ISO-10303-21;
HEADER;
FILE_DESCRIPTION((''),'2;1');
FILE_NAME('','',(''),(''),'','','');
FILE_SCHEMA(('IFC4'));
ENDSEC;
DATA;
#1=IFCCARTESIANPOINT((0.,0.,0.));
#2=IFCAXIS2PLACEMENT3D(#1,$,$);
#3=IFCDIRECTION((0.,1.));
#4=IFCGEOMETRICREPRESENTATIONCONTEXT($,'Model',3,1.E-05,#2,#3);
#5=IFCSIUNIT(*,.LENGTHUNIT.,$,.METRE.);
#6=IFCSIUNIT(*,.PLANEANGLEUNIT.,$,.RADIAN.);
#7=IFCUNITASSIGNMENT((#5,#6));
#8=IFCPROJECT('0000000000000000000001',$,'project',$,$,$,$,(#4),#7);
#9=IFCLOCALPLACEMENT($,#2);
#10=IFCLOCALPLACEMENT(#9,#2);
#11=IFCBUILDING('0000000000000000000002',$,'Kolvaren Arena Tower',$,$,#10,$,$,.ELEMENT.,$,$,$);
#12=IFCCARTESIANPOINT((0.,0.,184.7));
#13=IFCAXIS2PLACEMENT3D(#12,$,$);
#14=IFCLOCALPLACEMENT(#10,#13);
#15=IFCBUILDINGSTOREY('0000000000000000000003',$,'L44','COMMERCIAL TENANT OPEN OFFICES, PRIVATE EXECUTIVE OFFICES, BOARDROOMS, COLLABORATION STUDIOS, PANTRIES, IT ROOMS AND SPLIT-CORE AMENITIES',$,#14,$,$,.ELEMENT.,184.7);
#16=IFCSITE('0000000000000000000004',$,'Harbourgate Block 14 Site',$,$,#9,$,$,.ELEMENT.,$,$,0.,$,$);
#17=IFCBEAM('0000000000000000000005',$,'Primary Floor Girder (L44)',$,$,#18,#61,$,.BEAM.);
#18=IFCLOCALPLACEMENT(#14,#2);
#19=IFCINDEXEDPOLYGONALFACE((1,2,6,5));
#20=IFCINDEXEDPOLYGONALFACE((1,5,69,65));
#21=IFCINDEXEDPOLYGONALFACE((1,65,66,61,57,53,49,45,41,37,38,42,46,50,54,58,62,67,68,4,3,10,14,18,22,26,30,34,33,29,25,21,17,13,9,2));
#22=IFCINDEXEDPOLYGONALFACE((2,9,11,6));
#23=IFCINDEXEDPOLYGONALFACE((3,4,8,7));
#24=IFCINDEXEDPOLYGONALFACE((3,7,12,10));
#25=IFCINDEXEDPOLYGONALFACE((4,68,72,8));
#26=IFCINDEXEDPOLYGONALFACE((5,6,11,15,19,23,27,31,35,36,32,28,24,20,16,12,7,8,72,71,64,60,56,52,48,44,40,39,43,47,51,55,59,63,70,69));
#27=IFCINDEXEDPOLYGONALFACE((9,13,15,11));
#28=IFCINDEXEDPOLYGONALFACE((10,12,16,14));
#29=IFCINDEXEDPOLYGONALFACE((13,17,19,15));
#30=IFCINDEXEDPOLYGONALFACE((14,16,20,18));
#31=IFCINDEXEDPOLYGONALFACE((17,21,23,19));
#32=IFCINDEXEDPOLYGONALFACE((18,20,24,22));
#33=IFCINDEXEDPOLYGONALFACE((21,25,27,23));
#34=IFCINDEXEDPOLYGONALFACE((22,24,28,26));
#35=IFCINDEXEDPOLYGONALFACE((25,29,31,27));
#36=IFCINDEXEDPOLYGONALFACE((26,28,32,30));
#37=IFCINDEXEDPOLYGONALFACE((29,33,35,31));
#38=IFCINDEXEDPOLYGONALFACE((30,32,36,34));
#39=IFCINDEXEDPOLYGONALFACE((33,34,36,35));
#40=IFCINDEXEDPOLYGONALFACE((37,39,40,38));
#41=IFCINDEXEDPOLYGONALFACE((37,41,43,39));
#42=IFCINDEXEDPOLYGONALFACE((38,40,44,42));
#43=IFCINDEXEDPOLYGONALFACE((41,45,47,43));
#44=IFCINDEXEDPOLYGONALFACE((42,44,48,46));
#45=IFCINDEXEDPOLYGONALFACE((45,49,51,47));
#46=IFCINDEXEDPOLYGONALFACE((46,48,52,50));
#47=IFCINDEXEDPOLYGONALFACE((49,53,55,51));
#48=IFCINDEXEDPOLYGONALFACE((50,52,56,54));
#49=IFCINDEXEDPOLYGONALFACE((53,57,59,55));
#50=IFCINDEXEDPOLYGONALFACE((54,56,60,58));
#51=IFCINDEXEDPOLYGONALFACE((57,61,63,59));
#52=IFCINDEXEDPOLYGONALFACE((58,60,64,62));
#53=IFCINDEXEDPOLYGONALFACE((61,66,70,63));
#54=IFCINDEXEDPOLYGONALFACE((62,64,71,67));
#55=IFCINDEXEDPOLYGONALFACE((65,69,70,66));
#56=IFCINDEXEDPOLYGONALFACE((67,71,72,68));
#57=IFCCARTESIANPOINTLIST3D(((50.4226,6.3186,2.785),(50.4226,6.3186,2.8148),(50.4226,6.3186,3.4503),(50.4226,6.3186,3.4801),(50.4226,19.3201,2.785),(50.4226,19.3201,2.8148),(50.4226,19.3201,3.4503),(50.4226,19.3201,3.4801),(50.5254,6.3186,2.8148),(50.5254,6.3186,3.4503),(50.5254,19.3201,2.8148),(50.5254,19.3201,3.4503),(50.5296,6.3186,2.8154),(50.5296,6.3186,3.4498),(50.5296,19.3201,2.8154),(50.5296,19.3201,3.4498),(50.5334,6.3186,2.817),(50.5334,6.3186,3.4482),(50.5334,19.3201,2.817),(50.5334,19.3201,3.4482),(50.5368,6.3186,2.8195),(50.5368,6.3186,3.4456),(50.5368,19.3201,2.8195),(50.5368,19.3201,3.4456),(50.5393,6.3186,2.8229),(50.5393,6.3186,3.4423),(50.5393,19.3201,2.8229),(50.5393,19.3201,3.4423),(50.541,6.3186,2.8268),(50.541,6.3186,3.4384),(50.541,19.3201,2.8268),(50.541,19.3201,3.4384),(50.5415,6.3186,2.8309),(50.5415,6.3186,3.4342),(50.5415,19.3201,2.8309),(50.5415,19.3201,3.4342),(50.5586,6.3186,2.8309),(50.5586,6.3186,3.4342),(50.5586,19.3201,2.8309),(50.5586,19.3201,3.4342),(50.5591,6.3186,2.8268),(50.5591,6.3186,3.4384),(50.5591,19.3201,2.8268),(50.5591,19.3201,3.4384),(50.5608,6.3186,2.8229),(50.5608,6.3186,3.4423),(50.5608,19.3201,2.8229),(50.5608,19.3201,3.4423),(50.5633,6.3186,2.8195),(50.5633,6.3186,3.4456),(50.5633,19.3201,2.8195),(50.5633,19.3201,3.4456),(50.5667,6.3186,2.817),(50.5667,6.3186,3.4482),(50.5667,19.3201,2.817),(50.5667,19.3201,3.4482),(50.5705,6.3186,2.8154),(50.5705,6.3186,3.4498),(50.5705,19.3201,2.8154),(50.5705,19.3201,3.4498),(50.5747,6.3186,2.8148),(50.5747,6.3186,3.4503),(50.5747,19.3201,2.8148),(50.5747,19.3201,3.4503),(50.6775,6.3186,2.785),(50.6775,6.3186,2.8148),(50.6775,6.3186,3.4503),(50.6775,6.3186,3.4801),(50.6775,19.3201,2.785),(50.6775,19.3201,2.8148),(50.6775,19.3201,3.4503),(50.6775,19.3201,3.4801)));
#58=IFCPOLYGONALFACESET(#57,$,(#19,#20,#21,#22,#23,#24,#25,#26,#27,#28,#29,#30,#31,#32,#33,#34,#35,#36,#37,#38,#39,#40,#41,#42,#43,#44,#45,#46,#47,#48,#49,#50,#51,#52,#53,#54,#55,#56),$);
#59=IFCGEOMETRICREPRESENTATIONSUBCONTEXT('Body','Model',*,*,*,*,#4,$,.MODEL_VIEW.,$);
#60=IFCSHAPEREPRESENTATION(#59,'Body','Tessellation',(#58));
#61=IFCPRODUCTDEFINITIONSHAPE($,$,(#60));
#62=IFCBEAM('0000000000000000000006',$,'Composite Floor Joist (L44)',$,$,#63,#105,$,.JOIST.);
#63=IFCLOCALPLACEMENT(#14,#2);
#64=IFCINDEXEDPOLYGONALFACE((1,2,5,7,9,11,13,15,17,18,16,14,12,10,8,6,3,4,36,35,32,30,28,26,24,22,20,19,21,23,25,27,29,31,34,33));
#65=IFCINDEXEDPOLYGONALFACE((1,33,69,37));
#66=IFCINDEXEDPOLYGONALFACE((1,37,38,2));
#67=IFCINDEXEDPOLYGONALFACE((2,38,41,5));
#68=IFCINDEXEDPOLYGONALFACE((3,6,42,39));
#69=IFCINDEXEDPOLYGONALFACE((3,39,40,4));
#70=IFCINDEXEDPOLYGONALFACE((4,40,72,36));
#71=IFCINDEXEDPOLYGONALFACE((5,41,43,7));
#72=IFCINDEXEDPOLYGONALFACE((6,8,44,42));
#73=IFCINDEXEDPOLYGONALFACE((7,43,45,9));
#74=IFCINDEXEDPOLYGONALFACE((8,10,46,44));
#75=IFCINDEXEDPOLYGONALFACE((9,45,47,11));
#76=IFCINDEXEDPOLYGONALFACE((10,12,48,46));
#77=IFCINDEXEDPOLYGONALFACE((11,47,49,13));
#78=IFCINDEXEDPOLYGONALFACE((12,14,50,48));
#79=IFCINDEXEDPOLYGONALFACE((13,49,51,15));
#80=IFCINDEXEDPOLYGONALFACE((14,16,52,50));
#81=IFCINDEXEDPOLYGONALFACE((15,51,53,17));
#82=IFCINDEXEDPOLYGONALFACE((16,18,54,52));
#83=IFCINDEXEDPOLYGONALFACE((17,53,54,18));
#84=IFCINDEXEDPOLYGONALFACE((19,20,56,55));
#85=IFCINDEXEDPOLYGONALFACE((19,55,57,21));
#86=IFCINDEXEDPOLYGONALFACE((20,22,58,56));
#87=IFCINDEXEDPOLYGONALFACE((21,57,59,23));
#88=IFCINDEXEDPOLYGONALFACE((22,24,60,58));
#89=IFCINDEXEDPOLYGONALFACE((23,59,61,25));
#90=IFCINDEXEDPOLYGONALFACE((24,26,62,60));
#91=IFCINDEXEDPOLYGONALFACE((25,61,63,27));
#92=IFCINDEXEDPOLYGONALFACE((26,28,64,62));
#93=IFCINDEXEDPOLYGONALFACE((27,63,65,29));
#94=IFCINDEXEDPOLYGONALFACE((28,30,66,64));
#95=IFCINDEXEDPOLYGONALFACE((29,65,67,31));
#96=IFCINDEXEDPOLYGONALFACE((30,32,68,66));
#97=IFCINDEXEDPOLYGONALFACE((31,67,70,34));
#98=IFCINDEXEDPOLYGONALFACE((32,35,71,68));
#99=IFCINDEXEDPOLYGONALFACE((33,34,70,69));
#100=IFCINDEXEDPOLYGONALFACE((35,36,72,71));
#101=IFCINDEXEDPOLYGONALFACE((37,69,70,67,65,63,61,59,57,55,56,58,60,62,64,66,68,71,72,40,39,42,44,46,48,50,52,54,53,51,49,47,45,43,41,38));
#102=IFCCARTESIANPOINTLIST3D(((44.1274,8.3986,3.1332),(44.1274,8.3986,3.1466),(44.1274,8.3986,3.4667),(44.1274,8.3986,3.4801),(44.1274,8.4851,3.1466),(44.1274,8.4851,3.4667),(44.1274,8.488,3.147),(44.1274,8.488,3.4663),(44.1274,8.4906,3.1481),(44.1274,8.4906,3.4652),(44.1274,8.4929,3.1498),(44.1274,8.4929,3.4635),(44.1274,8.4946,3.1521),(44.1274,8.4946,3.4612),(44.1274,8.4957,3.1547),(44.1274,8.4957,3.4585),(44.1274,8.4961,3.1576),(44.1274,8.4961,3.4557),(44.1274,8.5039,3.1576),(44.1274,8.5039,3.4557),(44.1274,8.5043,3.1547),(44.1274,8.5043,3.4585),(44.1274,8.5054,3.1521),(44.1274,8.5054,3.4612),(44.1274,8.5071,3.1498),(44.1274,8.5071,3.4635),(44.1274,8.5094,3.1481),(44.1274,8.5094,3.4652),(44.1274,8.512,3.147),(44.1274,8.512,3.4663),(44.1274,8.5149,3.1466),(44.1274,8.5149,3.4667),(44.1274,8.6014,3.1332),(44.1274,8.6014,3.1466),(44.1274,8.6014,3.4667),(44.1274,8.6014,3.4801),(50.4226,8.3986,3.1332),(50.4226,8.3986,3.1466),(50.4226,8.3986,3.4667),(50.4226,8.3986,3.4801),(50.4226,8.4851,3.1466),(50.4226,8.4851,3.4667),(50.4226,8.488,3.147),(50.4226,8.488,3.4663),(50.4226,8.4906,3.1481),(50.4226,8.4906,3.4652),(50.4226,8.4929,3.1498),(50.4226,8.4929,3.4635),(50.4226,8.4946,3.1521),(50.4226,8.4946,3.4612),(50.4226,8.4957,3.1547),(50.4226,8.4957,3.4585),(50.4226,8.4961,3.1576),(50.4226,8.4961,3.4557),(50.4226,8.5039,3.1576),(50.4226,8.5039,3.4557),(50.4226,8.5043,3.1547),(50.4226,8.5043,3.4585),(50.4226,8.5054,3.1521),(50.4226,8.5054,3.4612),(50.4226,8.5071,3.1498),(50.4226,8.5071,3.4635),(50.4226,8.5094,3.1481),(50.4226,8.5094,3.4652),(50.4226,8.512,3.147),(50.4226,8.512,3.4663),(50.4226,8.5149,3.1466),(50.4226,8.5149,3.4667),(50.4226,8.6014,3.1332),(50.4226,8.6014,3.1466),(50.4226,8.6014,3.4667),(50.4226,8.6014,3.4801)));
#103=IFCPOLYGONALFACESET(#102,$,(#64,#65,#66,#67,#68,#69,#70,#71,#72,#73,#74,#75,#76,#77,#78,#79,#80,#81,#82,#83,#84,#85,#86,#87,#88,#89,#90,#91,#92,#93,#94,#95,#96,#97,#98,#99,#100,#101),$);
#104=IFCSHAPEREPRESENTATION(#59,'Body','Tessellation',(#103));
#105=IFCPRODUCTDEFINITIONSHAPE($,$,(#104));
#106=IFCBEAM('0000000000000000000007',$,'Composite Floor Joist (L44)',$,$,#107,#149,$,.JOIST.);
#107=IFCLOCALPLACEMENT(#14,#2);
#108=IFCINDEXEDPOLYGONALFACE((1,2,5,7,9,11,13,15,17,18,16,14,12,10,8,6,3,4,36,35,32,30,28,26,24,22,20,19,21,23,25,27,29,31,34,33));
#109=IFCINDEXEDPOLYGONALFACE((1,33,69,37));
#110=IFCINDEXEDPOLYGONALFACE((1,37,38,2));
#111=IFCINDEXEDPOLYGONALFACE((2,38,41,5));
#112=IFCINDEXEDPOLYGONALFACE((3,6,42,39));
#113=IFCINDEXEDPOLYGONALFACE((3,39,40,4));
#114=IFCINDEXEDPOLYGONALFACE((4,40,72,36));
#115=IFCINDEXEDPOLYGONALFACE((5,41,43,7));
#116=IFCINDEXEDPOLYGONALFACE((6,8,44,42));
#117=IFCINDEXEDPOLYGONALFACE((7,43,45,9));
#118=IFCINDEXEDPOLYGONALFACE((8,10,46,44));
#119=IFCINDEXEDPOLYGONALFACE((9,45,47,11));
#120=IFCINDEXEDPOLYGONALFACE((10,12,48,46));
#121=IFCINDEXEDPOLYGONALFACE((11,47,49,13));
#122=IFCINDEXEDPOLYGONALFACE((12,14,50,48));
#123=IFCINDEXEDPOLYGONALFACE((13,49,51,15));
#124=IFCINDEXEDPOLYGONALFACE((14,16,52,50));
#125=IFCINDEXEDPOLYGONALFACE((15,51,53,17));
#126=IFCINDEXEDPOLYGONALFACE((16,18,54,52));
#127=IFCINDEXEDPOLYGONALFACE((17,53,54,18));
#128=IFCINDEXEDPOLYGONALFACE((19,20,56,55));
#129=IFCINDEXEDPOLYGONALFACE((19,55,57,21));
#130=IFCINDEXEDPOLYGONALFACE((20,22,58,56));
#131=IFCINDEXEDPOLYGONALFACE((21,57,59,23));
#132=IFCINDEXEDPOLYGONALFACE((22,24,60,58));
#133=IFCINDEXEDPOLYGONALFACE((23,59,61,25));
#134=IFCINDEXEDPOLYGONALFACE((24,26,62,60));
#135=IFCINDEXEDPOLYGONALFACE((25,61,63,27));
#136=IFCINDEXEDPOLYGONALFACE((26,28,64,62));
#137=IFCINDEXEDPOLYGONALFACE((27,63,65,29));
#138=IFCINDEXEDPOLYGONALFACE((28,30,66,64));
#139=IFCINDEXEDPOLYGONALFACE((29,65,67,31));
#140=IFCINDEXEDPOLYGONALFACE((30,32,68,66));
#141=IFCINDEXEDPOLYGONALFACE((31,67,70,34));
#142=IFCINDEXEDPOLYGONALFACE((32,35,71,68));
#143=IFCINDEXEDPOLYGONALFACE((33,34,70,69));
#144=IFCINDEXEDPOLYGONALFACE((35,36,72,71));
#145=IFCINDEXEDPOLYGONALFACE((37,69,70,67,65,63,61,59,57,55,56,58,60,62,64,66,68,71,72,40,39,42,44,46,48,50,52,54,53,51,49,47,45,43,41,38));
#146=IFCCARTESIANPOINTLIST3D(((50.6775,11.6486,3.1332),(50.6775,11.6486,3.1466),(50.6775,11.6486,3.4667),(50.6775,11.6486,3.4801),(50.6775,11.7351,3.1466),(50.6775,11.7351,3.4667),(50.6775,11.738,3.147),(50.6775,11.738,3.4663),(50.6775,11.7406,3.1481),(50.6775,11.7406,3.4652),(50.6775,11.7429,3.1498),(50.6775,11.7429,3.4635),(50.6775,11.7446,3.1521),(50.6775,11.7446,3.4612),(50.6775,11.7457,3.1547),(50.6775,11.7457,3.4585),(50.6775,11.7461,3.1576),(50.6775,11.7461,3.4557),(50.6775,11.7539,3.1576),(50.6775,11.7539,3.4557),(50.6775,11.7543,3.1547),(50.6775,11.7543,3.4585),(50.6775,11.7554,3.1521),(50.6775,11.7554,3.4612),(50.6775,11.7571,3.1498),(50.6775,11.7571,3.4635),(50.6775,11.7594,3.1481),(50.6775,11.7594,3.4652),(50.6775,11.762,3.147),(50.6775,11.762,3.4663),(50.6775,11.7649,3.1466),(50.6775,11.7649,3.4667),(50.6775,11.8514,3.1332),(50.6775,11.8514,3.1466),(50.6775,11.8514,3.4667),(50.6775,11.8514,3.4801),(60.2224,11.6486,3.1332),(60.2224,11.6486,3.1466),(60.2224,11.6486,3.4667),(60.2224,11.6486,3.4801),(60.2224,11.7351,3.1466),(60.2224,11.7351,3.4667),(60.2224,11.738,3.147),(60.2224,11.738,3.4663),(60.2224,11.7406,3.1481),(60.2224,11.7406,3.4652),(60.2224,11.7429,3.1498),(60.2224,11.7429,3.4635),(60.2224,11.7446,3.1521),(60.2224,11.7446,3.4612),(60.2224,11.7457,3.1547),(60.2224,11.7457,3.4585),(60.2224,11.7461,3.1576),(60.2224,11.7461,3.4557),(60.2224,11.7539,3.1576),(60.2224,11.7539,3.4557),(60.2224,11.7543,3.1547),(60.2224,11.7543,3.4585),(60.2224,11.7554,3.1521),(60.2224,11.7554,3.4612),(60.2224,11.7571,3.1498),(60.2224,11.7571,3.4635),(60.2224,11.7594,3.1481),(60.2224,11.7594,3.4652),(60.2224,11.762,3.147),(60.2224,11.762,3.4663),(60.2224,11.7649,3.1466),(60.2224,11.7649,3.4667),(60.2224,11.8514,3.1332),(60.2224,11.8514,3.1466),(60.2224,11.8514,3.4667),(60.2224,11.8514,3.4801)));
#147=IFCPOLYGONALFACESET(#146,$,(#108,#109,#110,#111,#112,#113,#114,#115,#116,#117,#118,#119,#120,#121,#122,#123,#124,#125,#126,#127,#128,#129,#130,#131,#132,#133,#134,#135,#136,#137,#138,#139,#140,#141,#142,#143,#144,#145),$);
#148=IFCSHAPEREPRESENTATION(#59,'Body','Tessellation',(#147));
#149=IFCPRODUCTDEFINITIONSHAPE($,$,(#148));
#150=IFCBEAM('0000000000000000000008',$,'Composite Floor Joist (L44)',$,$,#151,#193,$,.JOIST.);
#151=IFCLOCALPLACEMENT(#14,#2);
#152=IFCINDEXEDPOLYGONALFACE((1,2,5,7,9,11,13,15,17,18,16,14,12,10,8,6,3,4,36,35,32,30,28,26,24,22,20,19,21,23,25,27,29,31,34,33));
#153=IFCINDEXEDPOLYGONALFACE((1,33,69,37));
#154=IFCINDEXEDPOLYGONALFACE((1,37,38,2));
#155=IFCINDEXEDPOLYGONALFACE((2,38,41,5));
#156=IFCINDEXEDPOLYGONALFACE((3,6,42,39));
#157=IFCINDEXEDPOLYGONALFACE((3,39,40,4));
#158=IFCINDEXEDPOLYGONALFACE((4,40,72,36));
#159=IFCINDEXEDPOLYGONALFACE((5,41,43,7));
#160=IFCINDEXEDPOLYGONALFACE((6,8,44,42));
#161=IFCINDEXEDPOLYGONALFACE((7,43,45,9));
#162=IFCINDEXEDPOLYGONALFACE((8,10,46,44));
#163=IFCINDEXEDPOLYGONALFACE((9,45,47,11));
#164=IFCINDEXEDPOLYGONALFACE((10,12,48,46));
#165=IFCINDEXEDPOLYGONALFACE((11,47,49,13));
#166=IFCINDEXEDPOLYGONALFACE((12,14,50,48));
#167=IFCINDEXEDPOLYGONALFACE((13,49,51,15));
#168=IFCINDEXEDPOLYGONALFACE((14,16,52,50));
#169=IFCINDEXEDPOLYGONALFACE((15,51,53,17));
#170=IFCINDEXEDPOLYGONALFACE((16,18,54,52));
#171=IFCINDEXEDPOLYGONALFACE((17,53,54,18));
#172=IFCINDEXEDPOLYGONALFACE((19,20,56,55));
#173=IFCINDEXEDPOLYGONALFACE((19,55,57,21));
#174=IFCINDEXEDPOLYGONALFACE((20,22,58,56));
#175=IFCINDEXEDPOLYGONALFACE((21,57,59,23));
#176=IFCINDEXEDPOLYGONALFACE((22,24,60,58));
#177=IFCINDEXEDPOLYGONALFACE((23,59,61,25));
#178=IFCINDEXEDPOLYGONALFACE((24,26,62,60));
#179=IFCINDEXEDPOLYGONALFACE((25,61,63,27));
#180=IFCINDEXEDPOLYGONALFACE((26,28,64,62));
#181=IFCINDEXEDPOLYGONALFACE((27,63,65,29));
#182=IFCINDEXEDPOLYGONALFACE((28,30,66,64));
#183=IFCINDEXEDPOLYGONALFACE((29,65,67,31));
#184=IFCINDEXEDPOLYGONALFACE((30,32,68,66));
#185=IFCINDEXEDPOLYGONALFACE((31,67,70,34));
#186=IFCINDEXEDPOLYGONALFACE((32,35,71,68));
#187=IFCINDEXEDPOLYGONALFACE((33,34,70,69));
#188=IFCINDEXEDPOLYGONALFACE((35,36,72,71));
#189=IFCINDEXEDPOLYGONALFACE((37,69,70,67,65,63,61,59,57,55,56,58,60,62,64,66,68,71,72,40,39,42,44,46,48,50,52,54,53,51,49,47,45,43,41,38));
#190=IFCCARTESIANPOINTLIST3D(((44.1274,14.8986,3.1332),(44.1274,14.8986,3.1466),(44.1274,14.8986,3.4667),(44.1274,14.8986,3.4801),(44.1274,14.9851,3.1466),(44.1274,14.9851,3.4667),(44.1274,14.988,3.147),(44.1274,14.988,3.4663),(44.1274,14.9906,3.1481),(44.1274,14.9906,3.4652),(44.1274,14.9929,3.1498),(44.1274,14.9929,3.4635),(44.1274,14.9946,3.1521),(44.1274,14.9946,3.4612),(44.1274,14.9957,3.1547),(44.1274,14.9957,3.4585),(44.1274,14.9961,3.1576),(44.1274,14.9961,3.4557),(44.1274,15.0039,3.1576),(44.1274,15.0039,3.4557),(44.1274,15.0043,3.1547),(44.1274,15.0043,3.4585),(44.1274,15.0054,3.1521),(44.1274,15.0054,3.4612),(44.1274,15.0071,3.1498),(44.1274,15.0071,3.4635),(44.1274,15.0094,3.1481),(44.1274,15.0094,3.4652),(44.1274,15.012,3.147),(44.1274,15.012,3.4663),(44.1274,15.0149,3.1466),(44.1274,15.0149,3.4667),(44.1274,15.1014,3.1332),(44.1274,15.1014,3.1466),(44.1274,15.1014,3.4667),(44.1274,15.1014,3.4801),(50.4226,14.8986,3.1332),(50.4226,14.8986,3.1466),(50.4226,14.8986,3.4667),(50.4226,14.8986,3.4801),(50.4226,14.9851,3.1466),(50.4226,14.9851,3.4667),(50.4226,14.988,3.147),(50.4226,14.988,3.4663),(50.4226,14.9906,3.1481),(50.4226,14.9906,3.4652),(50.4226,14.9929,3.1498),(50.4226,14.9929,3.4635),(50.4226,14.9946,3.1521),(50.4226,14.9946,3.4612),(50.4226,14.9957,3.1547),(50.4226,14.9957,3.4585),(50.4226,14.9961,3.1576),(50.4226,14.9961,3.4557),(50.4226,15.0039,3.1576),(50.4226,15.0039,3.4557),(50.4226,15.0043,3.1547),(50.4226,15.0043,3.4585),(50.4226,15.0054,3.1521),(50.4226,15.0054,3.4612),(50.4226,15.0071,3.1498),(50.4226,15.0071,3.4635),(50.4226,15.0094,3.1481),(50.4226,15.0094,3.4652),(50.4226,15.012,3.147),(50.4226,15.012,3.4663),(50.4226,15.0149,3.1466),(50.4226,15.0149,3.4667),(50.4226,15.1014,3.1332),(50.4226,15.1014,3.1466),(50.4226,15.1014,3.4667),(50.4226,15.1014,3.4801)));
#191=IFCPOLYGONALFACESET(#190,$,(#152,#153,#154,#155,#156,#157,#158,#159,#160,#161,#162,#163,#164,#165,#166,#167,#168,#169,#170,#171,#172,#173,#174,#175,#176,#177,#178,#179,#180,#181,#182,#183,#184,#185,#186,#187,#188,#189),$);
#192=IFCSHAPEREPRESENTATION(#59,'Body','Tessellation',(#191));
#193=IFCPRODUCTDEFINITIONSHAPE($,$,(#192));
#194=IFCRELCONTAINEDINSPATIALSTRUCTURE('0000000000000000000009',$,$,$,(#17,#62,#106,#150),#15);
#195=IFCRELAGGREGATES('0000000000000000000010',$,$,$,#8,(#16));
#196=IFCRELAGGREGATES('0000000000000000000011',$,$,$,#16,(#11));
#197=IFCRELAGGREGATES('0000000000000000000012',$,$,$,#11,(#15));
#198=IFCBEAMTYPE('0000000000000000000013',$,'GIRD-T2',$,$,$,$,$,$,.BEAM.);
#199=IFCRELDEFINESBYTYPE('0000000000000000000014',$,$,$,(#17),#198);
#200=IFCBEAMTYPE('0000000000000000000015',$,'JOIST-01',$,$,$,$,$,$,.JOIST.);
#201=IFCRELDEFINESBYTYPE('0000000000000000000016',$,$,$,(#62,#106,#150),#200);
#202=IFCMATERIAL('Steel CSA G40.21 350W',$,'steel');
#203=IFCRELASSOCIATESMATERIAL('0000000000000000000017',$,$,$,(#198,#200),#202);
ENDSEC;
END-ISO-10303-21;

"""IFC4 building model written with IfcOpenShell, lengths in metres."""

from ifc_helpers import new_model, si_unit, direction, frame, origin, origin_2d, place, context, subcontext, project, spatial, i_section, extrude, material, material_profile, profile_set, type_object, element, save


model = new_model("IFC4")

# Units and contexts
model_context = context("Model", 3, precision=1e-05, world=origin(), true_north=direction((0.0, 1.0)))
body_context = subcontext(model_context, "Body", "Model", "MODEL_VIEW")
ifc_project = project(units=[si_unit("LENGTHUNIT", "METRE"), si_unit("PLANEANGLEUNIT", "RADIAN")], contexts=[model_context])

# Site, building, storey
site_placement = place(None, origin())
site = spatial("IfcSite", under=ifc_project, at=site_placement, Name="Harbourgate Block 14 Site", CompositionType="ELEMENT", RefElevation=0.0)
building_placement = place(site_placement, origin())
building = spatial("IfcBuilding", under=site, at=building_placement, Name="Kolvaren Arena Tower", CompositionType="ELEMENT")
storey_placement = place(building_placement, frame((0.0, 0.0, 184.7)))
storey = spatial("IfcBuildingStorey", under=building, at=storey_placement, Name="L44", Description="COMMERCIAL TENANT OPEN OFFICES, PRIVATE EXECUTIVE OFFICES, BOARDROOMS, COLLABORATION STUDIOS, PANTRIES, IT ROOMS AND SPLIT-CORE AMENITIES", CompositionType="ELEMENT", Elevation=184.7)

# Beams
ifc_material_1 = material(Name="Steel CSA G40.21 350W", Category="steel")
ifc_material_profile_1 = material_profile(ifc_material_1, i_section(OverallWidth=0.2549, OverallDepth=0.6951, WebThickness=0.0171, FlangeThickness=0.0298, FilletRadius=0.0161, at=origin_2d()), Name="W690x217")
ifc_profile_set_1 = profile_set([ifc_material_profile_1], Name="Steel CSA G40.21 350W")
beam_type_1 = type_object("IfcBeamType", Name="GIRD-T2", PredefinedType="BEAM", material=ifc_profile_set_1)
beam_1_placement = place(storey_placement, frame((50.55, 6.3186, 3.1326), z_axis=(0.0, 1.0, 0.0), x_axis=(-1.0, 0.0, 0.0)))
element("IfcBeam", 1, at=beam_1_placement, inside=storey, type_object=beam_type_1, Name="Primary Floor Girder (L44)", PredefinedType="BEAM", context=body_context, shape_type="SweptSolid", body=[
    extrude(i_section(OverallWidth=0.2549, OverallDepth=0.6951, WebThickness=0.0171, FlangeThickness=0.0298, FilletRadius=0.0161, at=origin_2d()), origin(), (0.0, 0.0, 1.0), 13.0015),
])
ifc_material_profile_2 = material_profile(ifc_material_1, i_section(OverallWidth=0.2029, OverallDepth=0.3469, WebThickness=0.0078, FlangeThickness=0.0134, FilletRadius=0.011, at=origin_2d()), Name="W360x64")
ifc_profile_set_2 = profile_set([ifc_material_profile_2], Name="Steel CSA G40.21 350W")
beam_type_2 = type_object("IfcBeamType", Name="JOIST-01", PredefinedType="JOIST", material=ifc_profile_set_2)
beam_2_placement = place(storey_placement, frame((44.1274, 8.5, 3.3066), z_axis=(1.0, 0.0, 0.0), x_axis=(0.0, 1.0, 0.0)))
element("IfcBeam", 2, at=beam_2_placement, inside=storey, type_object=beam_type_2, Name="Composite Floor Joist (L44)", PredefinedType="JOIST", context=body_context, shape_type="SweptSolid", body=[
    extrude(i_section(OverallWidth=0.2029, OverallDepth=0.3469, WebThickness=0.0078, FlangeThickness=0.0134, FilletRadius=0.011, at=origin_2d()), origin(), (0.0, 0.0, 1.0), 6.2952),
])
beam_3_placement = place(storey_placement, frame((50.6775, 11.75, 3.3066), z_axis=(1.0, 0.0, 0.0), x_axis=(0.0, 1.0, 0.0)))
element("IfcBeam", 3, at=beam_3_placement, inside=storey, type_object=beam_type_2, Name="Composite Floor Joist (L44)", PredefinedType="JOIST", context=body_context, shape_type="SweptSolid", body=[
    extrude(i_section(OverallWidth=0.2029, OverallDepth=0.3469, WebThickness=0.0078, FlangeThickness=0.0134, FilletRadius=0.011, at=origin_2d()), origin(), (0.0, 0.0, 1.0), 9.5449),
])
beam_4_placement = place(storey_placement, frame((44.1274, 15.0, 3.3066), z_axis=(1.0, 0.0, 0.0), x_axis=(0.0, 1.0, 0.0)))
element("IfcBeam", 4, at=beam_4_placement, inside=storey, type_object=beam_type_2, Name="Composite Floor Joist (L44)", PredefinedType="JOIST", context=body_context, shape_type="SweptSolid", body=[
    extrude(i_section(OverallWidth=0.2029, OverallDepth=0.3469, WebThickness=0.0078, FlangeThickness=0.0134, FilletRadius=0.011, at=origin_2d()), origin(), (0.0, 0.0, 1.0), 6.2952),
])

save(model, "model.ifc")
